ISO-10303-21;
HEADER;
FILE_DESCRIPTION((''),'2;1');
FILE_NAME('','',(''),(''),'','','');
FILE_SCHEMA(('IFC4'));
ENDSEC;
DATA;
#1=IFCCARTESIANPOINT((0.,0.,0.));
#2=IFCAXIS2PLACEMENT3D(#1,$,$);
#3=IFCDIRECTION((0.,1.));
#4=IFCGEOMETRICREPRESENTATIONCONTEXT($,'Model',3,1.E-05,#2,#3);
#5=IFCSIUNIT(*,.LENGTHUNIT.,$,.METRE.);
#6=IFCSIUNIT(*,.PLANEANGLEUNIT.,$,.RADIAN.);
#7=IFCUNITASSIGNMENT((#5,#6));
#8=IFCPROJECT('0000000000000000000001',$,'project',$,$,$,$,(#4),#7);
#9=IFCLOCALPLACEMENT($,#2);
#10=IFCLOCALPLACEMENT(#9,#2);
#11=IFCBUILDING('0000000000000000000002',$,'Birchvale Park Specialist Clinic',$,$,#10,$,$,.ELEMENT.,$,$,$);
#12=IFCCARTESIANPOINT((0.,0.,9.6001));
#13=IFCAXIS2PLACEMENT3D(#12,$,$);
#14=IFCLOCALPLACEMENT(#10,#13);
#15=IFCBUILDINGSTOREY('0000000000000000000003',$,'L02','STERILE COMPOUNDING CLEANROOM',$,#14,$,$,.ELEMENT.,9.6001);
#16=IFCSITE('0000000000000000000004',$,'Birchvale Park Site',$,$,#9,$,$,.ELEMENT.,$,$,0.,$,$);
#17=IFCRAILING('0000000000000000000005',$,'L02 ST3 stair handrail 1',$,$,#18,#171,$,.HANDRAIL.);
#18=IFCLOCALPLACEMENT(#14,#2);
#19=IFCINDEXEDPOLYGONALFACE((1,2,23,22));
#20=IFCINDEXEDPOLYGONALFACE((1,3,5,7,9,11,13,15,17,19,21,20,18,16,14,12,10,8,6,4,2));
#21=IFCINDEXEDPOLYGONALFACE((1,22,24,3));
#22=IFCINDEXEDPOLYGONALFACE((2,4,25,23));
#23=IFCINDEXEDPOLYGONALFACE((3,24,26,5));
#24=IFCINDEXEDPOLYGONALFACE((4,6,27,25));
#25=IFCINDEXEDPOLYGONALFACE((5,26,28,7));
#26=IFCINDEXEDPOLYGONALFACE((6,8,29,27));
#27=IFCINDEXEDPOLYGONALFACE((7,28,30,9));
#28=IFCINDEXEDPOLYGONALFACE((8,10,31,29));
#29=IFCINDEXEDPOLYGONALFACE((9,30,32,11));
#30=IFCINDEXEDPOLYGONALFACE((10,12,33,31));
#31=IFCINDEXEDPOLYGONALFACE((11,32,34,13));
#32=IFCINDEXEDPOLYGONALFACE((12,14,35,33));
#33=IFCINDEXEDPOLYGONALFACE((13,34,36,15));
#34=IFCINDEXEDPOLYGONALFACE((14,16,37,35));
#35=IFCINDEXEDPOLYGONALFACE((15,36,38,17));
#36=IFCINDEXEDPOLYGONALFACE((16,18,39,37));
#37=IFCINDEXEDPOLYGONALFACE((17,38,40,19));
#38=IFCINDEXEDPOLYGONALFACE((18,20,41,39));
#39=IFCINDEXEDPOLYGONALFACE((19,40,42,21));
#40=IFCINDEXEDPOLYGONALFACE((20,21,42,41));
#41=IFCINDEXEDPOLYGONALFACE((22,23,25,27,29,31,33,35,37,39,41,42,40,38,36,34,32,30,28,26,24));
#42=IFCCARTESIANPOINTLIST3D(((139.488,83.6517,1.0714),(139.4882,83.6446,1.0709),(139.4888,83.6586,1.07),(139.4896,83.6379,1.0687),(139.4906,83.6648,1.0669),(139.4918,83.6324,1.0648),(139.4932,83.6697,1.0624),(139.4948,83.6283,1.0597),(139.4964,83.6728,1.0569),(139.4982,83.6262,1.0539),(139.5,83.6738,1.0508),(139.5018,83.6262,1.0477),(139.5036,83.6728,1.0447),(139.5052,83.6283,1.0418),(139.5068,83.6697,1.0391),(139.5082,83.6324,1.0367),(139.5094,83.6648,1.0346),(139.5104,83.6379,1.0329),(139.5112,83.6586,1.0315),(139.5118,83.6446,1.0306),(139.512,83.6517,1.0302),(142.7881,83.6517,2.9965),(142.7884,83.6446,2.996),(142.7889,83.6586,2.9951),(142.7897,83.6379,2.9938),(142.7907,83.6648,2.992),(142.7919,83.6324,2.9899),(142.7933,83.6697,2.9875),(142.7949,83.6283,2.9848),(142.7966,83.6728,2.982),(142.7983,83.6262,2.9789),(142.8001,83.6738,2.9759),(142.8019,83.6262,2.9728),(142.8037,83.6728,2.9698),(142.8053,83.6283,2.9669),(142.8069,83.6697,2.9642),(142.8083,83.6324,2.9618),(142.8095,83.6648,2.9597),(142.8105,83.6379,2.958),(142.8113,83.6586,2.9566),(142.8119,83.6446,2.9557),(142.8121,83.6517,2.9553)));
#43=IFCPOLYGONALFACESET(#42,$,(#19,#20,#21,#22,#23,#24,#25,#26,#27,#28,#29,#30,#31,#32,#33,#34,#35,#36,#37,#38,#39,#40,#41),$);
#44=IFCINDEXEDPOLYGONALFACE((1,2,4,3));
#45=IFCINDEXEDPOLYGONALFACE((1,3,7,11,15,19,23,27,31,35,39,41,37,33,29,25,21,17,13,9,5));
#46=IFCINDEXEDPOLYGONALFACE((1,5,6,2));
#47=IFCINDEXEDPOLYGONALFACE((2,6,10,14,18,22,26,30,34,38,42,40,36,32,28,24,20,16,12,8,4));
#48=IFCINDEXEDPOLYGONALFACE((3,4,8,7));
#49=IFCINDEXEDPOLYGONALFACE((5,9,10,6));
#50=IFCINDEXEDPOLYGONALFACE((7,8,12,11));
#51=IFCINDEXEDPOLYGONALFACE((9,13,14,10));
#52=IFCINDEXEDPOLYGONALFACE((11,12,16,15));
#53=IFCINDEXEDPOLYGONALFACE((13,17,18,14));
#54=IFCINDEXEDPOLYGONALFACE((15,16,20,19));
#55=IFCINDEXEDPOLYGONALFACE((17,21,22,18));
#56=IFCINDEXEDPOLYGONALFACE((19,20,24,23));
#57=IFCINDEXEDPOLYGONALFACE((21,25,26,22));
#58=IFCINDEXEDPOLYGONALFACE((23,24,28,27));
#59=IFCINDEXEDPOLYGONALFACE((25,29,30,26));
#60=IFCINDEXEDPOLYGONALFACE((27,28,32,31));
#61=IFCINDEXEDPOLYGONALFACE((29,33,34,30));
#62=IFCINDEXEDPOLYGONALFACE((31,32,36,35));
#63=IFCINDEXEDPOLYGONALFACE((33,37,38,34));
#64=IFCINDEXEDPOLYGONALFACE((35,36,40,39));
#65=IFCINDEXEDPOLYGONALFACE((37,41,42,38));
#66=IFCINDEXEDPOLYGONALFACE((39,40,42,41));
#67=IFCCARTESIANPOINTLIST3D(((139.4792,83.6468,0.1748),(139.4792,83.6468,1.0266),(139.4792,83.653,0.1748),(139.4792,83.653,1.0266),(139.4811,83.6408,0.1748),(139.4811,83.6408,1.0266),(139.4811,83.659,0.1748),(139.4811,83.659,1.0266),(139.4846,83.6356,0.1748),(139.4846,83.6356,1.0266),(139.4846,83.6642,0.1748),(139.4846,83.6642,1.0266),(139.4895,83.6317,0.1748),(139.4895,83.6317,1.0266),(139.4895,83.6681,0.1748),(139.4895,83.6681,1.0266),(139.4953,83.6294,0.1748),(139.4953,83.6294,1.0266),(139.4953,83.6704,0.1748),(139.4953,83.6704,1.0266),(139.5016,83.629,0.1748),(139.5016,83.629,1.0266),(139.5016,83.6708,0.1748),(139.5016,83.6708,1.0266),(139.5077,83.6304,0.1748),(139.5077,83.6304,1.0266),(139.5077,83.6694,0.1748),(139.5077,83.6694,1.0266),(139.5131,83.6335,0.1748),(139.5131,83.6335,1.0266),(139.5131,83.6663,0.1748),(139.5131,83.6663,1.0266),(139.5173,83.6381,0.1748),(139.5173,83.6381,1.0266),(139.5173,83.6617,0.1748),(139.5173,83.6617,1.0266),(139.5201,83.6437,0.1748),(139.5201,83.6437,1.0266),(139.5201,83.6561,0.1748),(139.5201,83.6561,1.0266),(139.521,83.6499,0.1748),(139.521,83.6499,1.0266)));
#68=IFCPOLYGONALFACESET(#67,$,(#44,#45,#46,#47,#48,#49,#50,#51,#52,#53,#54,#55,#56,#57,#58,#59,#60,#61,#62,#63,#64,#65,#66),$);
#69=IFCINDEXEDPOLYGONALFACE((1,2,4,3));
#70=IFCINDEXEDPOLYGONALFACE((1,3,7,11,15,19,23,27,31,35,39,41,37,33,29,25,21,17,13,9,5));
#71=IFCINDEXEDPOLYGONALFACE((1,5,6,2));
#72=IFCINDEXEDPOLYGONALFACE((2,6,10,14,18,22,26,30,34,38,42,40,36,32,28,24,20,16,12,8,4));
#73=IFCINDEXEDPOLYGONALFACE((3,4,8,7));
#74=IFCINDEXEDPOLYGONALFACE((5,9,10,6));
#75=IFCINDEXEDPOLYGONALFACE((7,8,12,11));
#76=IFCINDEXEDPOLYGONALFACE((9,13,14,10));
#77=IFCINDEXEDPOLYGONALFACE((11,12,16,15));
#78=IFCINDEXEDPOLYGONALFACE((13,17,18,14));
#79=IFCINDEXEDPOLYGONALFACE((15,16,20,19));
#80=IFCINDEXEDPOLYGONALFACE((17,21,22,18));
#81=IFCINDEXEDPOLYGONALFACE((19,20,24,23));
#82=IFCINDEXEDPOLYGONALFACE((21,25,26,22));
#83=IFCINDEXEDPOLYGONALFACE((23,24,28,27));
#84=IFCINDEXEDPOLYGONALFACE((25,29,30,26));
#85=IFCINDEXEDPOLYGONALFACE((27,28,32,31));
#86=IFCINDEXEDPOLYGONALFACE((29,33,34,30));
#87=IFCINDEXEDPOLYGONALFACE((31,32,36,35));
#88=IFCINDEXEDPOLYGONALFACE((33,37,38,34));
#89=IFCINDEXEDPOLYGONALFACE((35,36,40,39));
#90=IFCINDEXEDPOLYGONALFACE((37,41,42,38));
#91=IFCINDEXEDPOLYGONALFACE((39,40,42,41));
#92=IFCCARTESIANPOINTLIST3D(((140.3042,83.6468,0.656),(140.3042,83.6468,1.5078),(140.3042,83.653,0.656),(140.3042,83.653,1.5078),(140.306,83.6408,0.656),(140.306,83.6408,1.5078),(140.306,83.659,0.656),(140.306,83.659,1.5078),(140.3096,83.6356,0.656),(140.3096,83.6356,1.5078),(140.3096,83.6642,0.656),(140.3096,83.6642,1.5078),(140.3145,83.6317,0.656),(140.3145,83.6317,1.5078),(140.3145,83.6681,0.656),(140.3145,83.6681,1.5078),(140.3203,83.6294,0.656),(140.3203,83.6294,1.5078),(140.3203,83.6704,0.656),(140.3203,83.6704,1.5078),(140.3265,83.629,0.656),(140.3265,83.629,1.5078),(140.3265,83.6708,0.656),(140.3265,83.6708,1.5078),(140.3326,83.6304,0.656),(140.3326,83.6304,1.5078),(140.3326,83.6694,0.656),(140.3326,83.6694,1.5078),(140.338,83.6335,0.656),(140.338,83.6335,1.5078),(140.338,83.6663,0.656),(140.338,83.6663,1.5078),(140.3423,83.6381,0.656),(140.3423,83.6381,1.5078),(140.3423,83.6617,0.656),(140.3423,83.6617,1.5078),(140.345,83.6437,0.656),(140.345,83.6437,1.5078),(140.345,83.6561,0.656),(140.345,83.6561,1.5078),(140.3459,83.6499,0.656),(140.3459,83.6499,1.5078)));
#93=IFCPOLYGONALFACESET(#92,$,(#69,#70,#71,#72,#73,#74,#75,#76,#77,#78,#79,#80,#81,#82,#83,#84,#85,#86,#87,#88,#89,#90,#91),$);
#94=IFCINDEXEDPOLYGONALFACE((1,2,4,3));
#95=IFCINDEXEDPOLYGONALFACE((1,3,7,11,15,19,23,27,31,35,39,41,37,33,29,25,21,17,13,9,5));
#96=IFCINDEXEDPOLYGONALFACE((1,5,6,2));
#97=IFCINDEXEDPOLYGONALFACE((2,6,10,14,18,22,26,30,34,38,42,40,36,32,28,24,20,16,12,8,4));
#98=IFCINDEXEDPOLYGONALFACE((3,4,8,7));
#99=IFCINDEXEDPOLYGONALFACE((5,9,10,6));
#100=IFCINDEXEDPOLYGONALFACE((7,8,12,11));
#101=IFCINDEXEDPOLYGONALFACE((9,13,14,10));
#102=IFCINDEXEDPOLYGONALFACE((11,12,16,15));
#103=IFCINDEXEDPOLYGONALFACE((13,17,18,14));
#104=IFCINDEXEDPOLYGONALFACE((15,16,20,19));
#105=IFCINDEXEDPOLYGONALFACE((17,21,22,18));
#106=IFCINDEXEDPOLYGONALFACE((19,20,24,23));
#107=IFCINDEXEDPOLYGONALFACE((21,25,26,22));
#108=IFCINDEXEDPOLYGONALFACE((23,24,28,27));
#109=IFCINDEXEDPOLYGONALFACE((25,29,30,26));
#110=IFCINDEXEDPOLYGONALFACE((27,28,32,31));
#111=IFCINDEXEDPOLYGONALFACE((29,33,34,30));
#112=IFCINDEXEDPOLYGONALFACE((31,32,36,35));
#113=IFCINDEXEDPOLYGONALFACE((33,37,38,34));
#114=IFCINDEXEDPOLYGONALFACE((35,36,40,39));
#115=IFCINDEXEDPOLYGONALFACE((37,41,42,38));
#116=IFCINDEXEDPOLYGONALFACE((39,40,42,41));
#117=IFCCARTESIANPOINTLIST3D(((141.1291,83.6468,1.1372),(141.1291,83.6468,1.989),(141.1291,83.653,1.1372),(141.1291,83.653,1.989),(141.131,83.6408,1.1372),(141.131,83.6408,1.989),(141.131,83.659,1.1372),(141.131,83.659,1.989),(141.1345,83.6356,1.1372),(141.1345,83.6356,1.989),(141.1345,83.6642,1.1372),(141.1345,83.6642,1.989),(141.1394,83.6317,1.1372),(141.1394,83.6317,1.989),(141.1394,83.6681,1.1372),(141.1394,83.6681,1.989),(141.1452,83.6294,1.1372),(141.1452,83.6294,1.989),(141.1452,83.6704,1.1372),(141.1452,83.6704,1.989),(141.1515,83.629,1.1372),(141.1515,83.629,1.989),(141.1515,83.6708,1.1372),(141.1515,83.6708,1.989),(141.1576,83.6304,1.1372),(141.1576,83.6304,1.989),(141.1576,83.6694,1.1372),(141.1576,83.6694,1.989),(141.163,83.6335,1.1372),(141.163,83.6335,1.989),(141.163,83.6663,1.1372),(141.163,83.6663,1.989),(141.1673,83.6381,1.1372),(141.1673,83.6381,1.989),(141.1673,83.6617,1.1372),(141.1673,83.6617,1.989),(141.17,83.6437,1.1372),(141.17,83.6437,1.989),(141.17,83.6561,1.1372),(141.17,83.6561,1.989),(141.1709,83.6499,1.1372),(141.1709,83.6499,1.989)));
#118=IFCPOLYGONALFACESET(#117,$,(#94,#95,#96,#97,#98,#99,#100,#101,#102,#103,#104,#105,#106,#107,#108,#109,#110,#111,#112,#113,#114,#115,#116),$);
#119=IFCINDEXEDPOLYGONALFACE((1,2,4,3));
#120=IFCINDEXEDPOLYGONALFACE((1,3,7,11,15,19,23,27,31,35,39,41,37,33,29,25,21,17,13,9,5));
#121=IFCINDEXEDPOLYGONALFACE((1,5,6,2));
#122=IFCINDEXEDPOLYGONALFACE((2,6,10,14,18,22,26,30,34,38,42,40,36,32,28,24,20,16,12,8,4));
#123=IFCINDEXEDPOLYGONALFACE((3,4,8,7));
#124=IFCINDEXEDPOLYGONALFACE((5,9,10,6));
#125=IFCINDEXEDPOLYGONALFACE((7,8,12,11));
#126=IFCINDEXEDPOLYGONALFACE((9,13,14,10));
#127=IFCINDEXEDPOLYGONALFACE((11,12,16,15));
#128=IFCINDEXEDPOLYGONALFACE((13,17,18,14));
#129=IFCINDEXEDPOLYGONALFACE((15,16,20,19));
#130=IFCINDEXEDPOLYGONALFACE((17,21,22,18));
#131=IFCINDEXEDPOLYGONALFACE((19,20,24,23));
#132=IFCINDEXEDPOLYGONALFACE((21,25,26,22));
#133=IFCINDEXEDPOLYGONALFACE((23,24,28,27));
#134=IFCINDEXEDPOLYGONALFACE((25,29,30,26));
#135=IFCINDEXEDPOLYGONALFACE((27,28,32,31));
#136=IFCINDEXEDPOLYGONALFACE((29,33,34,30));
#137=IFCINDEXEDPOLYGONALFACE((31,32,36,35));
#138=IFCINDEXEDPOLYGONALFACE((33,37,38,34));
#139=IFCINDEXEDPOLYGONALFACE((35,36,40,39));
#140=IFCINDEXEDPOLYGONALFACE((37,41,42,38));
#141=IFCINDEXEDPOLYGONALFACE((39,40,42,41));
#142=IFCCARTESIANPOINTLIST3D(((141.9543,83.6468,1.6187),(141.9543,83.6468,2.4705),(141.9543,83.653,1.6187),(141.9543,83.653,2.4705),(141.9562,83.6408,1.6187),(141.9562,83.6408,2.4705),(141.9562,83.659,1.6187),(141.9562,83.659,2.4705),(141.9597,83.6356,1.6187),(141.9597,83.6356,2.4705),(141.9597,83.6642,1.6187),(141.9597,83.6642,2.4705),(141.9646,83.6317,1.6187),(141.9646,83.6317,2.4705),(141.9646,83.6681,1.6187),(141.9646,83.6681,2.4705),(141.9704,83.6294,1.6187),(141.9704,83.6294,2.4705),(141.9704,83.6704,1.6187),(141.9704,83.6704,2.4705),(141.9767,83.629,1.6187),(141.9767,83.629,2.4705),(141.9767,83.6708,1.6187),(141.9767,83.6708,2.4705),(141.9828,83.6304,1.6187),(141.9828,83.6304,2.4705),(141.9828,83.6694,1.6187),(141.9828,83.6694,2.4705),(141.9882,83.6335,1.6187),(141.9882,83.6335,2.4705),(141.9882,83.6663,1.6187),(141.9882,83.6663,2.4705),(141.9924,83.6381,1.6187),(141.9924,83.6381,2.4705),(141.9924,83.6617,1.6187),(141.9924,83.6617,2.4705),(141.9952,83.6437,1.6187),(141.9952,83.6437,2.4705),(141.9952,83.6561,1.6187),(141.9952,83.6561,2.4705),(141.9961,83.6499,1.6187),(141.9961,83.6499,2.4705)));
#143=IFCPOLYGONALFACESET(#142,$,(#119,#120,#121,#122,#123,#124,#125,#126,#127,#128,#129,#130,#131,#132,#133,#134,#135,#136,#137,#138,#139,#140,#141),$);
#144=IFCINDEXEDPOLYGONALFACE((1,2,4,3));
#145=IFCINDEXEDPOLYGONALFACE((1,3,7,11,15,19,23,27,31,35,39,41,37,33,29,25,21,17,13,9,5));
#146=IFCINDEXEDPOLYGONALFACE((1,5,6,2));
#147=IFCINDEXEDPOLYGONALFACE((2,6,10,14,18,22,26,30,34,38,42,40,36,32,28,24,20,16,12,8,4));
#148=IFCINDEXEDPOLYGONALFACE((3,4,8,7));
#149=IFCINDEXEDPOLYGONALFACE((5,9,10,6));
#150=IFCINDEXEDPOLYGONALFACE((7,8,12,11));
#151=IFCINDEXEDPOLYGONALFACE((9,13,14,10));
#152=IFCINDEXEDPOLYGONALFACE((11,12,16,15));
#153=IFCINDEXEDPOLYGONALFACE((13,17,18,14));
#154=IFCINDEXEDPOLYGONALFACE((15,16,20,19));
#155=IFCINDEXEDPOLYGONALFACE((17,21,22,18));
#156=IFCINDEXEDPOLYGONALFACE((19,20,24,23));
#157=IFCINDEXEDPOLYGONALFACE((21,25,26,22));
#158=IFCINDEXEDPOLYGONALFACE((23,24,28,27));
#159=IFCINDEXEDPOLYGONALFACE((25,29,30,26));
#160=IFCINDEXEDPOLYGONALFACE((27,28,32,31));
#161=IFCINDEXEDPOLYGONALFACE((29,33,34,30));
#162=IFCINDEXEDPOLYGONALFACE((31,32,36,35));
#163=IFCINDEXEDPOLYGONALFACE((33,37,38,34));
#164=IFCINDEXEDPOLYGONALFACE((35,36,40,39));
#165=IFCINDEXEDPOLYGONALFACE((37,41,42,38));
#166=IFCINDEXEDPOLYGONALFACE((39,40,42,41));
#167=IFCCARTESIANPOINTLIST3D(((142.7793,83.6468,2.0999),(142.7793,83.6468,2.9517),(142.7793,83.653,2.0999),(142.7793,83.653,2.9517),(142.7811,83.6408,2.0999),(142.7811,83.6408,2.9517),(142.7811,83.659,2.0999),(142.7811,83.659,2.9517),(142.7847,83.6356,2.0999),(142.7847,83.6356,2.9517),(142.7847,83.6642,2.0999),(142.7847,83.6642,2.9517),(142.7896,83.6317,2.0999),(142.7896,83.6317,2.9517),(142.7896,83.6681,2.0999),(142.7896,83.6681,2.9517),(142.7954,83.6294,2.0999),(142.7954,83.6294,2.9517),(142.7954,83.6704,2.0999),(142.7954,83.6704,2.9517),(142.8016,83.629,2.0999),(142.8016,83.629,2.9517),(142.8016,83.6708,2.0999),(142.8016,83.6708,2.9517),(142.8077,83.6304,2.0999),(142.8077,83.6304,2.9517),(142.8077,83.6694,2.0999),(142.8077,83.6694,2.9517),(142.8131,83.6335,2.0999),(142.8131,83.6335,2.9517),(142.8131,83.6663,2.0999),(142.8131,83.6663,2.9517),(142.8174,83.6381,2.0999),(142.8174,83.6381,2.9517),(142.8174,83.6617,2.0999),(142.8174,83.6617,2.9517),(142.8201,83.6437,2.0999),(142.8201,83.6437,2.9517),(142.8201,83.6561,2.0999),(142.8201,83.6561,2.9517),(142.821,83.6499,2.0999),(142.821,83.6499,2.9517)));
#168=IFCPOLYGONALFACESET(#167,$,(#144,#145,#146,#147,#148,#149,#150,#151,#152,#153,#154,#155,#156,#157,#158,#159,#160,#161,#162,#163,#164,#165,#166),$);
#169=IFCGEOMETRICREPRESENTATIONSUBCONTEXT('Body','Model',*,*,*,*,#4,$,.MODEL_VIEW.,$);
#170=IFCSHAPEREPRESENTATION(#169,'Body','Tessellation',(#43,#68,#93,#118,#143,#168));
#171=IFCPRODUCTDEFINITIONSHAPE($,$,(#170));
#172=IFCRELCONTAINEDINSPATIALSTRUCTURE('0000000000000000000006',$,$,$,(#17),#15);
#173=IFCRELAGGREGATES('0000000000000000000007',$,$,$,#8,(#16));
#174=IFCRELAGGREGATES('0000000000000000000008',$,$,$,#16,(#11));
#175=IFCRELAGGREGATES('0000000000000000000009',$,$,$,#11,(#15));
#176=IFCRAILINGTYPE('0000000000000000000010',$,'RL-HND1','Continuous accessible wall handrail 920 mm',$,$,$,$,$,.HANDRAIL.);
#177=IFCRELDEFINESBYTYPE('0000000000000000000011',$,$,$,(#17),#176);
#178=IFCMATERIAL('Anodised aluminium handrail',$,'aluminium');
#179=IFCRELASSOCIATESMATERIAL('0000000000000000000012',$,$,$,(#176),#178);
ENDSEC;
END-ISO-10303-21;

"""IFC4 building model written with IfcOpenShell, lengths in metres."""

from ifc_helpers import new_model, si_unit, direction, frame, origin, origin_2d, place, context, subcontext, project, spatial, circle, extrude, material, type_object, element, save


model = new_model("IFC4")

# Units and contexts
model_context = context("Model", 3, precision=1e-05, world=origin(), true_north=direction((0.0, 1.0)))
body_context = subcontext(model_context, "Body", "Model", "MODEL_VIEW")
ifc_project = project(units=[si_unit("LENGTHUNIT", "METRE"), si_unit("PLANEANGLEUNIT", "RADIAN")], contexts=[model_context])

# Site, building, storey
site_placement = place(None, origin())
site = spatial("IfcSite", under=ifc_project, at=site_placement, Name="Birchvale Park Site", CompositionType="ELEMENT", RefElevation=0.0)
building_placement = place(site_placement, origin())
building = spatial("IfcBuilding", under=site, at=building_placement, Name="Birchvale Park Specialist Clinic", CompositionType="ELEMENT")
storey_placement = place(building_placement, frame((0.0, 0.0, 9.6001)))
storey = spatial("IfcBuildingStorey", under=building, at=storey_placement, Name="L02", Description="STERILE COMPOUNDING CLEANROOM", CompositionType="ELEMENT", Elevation=9.6001)

# Railing
ifc_material_1 = material(Name="Anodised aluminium handrail", Category="aluminium")
railing_type_1 = type_object("IfcRailingType", Name="RL-HND1", Description="Continuous accessible wall handrail 920 mm", PredefinedType="HANDRAIL", material=ifc_material_1)
railing_1_placement = place(storey_placement, frame((139.5, 83.6499, 0.1748)))
element("IfcRailing", 1, at=railing_1_placement, inside=storey, type_object=railing_type_1, Name="L02 ST3 stair handrail 1", PredefinedType="HANDRAIL", context=body_context, shape_type="SweptSolid", body=[
    extrude(circle(Radius=0.0239, at=origin_2d()), frame((0.0, 0.0, 0.876), z_axis=(0.863777, 0.0, 0.503875), x_axis=(0.0, 1.0, 0.0)), (0.0, 0.0, 1.0), 3.8206),
    extrude(circle(Radius=0.021, at=origin_2d()), origin(), (0.0, 0.0, 1.0), 0.8518),
    extrude(circle(Radius=0.021, at=origin_2d()), frame((0.825, 0.0, 0.4812)), (0.0, 0.0, 1.0), 0.8518),
    extrude(circle(Radius=0.021, at=origin_2d()), frame((1.6499, 0.0, 0.9624)), (0.0, 0.0, 1.0), 0.8518),
    extrude(circle(Radius=0.021, at=origin_2d()), frame((2.4751, 0.0, 1.4438)), (0.0, 0.0, 1.0), 0.8518),
    extrude(circle(Radius=0.021, at=origin_2d()), frame((3.3, 0.0, 1.925)), (0.0, 0.0, 1.0), 0.8518),
])

save(model, "model.ifc")
